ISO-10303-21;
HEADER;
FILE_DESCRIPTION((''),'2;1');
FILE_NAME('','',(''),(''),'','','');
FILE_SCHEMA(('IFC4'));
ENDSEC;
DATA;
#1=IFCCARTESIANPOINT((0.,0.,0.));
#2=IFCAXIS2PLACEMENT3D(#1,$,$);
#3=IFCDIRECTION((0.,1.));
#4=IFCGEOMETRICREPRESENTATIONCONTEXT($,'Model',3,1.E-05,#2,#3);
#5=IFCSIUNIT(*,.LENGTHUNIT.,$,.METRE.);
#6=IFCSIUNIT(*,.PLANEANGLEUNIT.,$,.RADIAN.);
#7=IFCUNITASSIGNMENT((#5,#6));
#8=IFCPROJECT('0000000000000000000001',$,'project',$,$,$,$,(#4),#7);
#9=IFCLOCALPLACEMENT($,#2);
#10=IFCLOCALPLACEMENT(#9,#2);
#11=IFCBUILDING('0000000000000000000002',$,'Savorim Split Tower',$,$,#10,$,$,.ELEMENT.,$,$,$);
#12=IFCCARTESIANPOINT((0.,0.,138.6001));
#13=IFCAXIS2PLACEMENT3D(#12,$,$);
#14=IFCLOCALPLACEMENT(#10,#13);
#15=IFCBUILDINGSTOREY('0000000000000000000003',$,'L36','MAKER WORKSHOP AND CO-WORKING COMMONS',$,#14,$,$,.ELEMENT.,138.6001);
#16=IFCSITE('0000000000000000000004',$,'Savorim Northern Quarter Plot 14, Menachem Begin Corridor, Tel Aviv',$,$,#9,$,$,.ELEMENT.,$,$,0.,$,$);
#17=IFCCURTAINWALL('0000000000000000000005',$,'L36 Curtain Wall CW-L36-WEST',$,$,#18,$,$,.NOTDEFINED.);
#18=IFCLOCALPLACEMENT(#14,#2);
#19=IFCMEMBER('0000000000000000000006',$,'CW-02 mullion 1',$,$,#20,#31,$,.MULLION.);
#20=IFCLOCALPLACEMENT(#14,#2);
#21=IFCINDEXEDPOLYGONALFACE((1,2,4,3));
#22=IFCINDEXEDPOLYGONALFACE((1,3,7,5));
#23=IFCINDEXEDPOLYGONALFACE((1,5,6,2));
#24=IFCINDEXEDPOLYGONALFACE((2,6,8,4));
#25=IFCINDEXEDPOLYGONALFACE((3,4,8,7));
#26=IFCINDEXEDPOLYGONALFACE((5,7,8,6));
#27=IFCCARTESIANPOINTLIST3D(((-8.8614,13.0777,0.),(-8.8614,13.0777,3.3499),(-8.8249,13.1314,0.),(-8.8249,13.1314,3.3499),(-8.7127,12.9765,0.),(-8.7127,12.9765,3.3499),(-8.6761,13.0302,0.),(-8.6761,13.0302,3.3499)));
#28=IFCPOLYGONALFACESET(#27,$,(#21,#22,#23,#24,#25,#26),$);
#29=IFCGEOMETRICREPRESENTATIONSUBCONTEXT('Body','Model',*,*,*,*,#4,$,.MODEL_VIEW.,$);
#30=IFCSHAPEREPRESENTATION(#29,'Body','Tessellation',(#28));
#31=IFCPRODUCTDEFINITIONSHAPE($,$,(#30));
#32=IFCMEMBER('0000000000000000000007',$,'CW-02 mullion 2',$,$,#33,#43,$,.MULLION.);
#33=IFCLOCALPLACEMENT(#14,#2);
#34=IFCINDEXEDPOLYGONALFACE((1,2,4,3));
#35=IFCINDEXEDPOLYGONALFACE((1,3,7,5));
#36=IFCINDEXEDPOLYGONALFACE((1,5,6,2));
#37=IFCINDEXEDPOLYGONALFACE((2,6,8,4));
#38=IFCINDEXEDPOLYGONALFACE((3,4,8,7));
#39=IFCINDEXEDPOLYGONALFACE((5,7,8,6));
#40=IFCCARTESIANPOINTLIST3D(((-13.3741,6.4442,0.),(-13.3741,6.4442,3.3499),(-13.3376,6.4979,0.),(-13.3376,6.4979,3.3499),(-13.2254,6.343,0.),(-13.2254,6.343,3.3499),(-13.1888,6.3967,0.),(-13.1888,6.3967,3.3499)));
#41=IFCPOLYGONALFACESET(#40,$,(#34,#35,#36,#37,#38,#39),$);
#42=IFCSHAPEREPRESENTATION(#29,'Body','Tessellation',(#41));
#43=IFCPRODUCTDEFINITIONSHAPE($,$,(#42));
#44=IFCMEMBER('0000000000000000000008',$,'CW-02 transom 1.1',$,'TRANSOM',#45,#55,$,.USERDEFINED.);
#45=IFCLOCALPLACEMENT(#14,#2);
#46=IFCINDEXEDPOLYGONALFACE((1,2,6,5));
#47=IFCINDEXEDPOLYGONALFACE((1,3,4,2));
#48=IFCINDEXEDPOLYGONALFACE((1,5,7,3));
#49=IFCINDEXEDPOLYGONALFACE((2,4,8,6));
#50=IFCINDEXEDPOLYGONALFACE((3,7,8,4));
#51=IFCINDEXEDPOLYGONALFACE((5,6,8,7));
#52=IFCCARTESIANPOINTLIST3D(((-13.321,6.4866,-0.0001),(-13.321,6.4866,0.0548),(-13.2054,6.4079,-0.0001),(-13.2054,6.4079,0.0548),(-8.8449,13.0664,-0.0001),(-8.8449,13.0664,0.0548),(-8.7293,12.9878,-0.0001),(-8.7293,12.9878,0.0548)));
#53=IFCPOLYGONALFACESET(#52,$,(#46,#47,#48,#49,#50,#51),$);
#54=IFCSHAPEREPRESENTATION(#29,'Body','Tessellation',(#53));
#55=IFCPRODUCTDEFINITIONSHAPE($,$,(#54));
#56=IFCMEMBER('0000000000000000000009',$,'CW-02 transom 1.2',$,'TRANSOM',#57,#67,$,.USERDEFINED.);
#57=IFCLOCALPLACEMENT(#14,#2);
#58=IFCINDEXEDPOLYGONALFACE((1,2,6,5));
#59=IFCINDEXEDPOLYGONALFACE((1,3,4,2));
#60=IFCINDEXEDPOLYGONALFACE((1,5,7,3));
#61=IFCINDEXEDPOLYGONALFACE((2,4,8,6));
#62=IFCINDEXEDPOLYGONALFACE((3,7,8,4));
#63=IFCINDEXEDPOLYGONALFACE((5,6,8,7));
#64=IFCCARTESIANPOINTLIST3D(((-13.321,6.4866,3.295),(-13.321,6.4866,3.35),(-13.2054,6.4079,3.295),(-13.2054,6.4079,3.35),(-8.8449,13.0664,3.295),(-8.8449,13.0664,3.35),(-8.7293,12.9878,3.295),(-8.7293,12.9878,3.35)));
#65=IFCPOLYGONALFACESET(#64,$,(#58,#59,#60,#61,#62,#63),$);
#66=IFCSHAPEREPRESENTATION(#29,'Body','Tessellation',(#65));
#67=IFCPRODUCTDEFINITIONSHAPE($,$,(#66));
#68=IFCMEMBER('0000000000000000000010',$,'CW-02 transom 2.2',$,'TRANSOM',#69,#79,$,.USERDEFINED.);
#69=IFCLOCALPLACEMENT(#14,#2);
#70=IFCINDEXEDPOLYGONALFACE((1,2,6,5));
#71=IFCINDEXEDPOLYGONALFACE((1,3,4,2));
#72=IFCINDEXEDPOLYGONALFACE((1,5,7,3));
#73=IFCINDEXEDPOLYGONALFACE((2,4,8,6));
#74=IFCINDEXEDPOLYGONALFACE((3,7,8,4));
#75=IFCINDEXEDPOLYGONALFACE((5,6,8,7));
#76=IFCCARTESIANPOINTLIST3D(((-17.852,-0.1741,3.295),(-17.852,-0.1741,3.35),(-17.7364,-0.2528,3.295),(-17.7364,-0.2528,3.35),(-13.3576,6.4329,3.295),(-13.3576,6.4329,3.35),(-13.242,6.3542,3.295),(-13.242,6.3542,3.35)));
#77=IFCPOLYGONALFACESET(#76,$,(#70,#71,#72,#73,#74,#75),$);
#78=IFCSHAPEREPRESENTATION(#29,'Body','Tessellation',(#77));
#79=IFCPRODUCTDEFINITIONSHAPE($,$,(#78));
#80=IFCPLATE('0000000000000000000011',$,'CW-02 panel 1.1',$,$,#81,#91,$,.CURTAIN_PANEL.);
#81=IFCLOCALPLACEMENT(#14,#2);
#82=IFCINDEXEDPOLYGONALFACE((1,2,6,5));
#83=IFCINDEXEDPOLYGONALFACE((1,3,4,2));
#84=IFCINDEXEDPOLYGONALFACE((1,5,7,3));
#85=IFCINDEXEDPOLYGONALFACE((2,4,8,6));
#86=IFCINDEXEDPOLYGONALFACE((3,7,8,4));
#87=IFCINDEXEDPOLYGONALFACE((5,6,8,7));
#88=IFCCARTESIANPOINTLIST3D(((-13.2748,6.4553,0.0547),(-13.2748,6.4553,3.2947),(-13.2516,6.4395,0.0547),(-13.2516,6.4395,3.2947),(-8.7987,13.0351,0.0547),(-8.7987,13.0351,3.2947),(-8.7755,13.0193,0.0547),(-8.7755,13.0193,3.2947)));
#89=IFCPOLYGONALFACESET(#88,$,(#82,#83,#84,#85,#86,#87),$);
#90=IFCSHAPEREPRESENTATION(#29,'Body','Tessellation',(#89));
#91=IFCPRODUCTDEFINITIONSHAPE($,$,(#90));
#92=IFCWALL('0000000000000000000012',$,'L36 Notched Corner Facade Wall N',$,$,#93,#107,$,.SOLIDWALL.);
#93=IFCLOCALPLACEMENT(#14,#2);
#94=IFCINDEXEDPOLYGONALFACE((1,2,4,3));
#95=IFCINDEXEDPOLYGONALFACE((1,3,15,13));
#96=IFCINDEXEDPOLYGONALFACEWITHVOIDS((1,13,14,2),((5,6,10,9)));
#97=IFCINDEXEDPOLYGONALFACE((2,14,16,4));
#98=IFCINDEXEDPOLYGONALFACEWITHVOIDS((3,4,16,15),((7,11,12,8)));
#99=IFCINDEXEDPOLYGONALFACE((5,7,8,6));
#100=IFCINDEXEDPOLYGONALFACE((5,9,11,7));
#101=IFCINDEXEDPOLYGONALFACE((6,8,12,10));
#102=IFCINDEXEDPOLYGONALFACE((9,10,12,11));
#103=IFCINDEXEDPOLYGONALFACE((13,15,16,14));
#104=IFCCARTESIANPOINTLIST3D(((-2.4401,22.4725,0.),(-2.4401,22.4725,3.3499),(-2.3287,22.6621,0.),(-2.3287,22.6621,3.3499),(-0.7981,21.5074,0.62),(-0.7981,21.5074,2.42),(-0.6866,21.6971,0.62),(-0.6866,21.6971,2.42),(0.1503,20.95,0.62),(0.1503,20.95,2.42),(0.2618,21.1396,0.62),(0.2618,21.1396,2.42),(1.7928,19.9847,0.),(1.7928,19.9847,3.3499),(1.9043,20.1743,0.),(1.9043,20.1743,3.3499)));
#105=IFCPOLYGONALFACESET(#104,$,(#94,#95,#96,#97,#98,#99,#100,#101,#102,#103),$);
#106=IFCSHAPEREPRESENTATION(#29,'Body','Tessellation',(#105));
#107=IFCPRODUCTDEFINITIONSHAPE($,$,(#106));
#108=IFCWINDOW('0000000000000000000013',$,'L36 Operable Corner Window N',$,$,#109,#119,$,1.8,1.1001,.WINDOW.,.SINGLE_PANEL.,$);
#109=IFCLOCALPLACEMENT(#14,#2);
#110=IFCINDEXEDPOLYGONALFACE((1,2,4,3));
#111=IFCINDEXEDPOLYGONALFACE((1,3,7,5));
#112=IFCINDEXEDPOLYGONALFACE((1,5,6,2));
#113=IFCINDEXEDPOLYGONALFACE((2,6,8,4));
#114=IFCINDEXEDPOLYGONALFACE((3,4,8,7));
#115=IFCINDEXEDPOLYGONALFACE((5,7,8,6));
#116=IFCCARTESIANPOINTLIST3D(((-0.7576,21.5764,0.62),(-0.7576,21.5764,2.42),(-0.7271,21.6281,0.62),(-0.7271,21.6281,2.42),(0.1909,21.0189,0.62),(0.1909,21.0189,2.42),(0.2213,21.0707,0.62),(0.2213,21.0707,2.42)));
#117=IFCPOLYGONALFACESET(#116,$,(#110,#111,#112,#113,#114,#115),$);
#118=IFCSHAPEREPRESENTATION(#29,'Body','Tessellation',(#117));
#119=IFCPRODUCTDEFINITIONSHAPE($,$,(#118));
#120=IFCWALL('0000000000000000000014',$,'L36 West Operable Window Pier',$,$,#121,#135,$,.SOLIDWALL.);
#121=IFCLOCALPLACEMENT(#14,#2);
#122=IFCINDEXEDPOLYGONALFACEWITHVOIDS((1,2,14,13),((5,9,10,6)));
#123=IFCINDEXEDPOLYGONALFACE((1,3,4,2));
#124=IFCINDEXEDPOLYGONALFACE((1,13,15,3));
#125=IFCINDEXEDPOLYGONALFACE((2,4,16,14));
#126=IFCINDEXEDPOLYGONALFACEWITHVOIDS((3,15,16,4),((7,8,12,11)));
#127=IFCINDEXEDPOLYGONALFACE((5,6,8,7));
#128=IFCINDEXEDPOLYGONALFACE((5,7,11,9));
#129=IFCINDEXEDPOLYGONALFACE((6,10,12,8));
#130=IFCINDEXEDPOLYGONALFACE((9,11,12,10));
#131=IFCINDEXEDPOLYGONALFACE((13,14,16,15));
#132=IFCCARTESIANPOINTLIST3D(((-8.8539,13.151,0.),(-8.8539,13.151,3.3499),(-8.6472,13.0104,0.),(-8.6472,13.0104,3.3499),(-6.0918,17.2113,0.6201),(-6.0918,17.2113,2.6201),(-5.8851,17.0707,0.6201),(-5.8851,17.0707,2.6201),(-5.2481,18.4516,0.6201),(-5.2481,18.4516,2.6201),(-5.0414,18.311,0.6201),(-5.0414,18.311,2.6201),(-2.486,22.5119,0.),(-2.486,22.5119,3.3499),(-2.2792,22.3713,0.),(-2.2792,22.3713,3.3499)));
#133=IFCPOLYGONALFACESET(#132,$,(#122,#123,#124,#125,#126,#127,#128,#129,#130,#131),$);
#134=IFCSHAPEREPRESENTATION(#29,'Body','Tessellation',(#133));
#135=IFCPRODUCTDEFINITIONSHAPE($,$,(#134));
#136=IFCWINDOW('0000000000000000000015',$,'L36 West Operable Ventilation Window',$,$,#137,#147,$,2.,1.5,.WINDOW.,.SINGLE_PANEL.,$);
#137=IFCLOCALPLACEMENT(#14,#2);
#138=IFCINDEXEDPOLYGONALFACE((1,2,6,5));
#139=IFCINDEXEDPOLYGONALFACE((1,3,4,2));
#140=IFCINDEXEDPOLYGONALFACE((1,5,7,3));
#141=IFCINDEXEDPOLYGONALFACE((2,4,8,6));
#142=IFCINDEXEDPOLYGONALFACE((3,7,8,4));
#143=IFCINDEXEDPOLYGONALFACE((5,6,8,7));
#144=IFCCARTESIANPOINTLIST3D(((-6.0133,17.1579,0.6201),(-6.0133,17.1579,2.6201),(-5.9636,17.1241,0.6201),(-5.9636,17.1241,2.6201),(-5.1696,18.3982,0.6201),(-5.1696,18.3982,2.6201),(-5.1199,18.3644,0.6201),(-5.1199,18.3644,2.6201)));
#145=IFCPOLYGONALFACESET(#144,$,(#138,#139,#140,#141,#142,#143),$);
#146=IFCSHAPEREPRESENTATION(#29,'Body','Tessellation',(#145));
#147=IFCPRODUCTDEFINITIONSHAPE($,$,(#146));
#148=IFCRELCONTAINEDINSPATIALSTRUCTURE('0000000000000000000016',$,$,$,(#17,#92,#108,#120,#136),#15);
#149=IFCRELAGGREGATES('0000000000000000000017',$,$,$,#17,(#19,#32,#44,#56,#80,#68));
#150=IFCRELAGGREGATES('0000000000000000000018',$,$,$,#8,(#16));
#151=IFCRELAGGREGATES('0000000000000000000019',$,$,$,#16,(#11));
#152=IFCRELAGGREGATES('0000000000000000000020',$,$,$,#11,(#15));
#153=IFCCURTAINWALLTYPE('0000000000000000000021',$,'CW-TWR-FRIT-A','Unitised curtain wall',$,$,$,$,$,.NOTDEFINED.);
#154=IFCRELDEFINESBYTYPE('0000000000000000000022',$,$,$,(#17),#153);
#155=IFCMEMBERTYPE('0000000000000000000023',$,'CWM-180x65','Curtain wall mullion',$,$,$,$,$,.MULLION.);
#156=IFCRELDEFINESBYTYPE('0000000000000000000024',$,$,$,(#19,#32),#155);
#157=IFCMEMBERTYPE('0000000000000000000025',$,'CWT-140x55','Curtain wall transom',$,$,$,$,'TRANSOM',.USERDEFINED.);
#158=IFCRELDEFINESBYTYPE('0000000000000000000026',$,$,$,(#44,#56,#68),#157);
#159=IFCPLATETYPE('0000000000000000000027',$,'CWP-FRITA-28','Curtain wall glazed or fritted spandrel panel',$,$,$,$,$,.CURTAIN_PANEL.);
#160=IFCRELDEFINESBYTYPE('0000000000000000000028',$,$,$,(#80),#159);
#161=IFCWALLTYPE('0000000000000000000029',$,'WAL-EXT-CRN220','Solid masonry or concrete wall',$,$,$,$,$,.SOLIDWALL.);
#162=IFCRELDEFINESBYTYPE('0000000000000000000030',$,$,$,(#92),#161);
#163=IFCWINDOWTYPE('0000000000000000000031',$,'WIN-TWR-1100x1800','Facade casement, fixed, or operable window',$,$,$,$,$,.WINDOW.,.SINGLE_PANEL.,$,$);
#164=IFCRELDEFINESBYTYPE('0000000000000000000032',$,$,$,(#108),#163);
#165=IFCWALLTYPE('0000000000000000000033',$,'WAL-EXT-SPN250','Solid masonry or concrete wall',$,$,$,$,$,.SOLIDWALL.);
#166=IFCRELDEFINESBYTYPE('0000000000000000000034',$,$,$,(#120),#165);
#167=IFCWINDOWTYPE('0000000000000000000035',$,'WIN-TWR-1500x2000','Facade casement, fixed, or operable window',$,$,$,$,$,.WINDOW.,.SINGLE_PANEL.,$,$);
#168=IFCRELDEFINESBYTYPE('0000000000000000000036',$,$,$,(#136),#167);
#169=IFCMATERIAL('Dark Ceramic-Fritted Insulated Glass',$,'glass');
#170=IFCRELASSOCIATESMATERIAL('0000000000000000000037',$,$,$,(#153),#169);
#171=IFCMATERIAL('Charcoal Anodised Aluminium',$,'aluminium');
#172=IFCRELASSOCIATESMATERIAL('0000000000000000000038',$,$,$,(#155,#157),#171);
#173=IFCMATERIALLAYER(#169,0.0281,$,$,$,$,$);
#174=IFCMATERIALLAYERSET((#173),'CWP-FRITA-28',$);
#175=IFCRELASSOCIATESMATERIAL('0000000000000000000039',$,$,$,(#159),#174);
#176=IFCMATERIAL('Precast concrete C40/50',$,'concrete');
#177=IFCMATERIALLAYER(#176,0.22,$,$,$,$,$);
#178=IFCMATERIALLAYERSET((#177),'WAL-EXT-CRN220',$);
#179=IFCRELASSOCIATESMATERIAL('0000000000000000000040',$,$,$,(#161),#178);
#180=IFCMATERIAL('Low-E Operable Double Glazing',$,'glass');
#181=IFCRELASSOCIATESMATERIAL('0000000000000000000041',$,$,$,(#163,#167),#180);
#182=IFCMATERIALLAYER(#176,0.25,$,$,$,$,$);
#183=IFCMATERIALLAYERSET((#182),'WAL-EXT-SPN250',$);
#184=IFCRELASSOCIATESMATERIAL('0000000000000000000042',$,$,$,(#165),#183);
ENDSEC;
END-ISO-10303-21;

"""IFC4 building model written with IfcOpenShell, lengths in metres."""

from ifc_helpers import new_model, si_unit, direction, frame, frame_2d, origin, origin_2d, place, context, subcontext, project, spatial, rectangle, extrude, material, layer, layer_set, material_profile, profile_set, type_object, element, fill, aggregate, save


model = new_model("IFC4")

# Units and contexts
model_context = context("Model", 3, precision=1e-05, world=origin(), true_north=direction((0.0, 1.0)))
body_context = subcontext(model_context, "Body", "Model", "MODEL_VIEW")
ifc_project = project(units=[si_unit("LENGTHUNIT", "METRE"), si_unit("PLANEANGLEUNIT", "RADIAN")], contexts=[model_context])

# Site, building, storey
site_placement = place(None, origin())
site = spatial("IfcSite", under=ifc_project, at=site_placement, Name="Savorim Northern Quarter Plot 14, Menachem Begin Corridor, Tel Aviv", CompositionType="ELEMENT", RefElevation=0.0)
building_placement = place(site_placement, origin())
building = spatial("IfcBuilding", under=site, at=building_placement, Name="Savorim Split Tower", CompositionType="ELEMENT")
storey_placement = place(building_placement, frame((0.0, 0.0, 138.6001)))
storey = spatial("IfcBuildingStorey", under=building, at=storey_placement, Name="L36", Description="MAKER WORKSHOP AND CO-WORKING COMMONS", CompositionType="ELEMENT", Elevation=138.6001)

# Curtain wall, members, plate
ifc_material_1 = material(Name="Dark Ceramic-Fritted Insulated Glass", Category="glass")
curtain_wall_type = type_object("IfcCurtainWallType", Name="CW-TWR-FRIT-A", Description="Unitised curtain wall", PredefinedType="NOTDEFINED", material=ifc_material_1)
curtain_wall_placement = place(storey_placement, origin())
curtain_wall = element("IfcCurtainWall", 1, at=curtain_wall_placement, inside=storey, type_object=curtain_wall_type, Name="L36 Curtain Wall CW-L36-WEST", PredefinedType="NOTDEFINED")
ifc_material_2 = material(Name="Charcoal Anodised Aluminium", Category="aluminium")
ifc_material_profile_1 = material_profile(ifc_material_2, rectangle(XDim=0.1799, YDim=0.0649, at=origin_2d()), Name="ALU-M 180x65")
ifc_profile_set_1 = profile_set([ifc_material_profile_1], Name="Charcoal Anodised Aluminium")
member_type_1 = type_object("IfcMemberType", Name="CWM-180x65", Description="Curtain wall mullion", PredefinedType="MULLION", material=ifc_profile_set_1)
member_1_placement = place(storey_placement, frame((-8.7688, 13.054, 0.0), z_axis=(0.0, 0.0, 1.0), x_axis=(0.82682, -0.562466, 0.0)))
member_1 = element("IfcMember", 2, at=member_1_placement, type_object=member_type_1, Name="CW-02 mullion 1", PredefinedType="MULLION", context=body_context, shape_type="SweptSolid", body=[
    extrude(rectangle(XDim=0.1799, YDim=0.0649, at=origin_2d()), origin(), (0.0, 0.0, 1.0), 3.3499),
])
member_2_placement = place(storey_placement, frame((-13.2815, 6.4204, 0.0), z_axis=(0.0, 0.0, 1.0), x_axis=(0.82682, -0.562466, 0.0)))
member_2 = element("IfcMember", 3, at=member_2_placement, type_object=member_type_1, Name="CW-02 mullion 2", PredefinedType="MULLION", context=body_context, shape_type="SweptSolid", body=[
    extrude(rectangle(XDim=0.1799, YDim=0.0649, at=origin_2d()), origin(), (0.0, 0.0, 1.0), 3.3499),
])
ifc_material_profile_2 = material_profile(ifc_material_2, rectangle(XDim=0.1399, YDim=0.0549, at=origin_2d()), Name="ALU-T 140x55")
ifc_profile_set_2 = profile_set([ifc_material_profile_2], Name="Charcoal Anodised Aluminium")
member_type_2 = type_object("IfcMemberType", Name="CWT-140x55", Description="Curtain wall transom", ElementType="TRANSOM", PredefinedType="USERDEFINED", material=ifc_profile_set_2)
member_3_placement = place(storey_placement, frame((-8.7871, 13.0271, 0.0273), z_axis=(-0.562464, -0.826822, 0.0), x_axis=(0.826822, -0.562464, 0.0)))
member_3 = element("IfcMember", 4, at=member_3_placement, type_object=member_type_2, Name="CW-02 transom 1.1", ObjectType="TRANSOM", PredefinedType="USERDEFINED", context=body_context, shape_type="SweptSolid", body=[
    extrude(rectangle(XDim=0.1399, YDim=0.0549, at=origin_2d()), origin(), (0.0, 0.0, 1.0), 7.958),
])
member_4_placement = place(storey_placement, frame((-8.7871, 13.0271, 3.3225), z_axis=(-0.562464, -0.826822, 0.0), x_axis=(0.826822, -0.562464, 0.0)))
member_4 = element("IfcMember", 5, at=member_4_placement, type_object=member_type_2, Name="CW-02 transom 1.2", ObjectType="TRANSOM", PredefinedType="USERDEFINED", context=body_context, shape_type="SweptSolid", body=[
    extrude(rectangle(XDim=0.1399, YDim=0.0549, at=origin_2d()), origin(), (0.0, 0.0, 1.0), 7.958),
])
member_5_placement = place(storey_placement, frame((-13.2998, 6.3936, 3.3225), z_axis=(-0.562453, -0.826829, 0.0), x_axis=(0.826829, -0.562453, 0.0)))
member_5 = element("IfcMember", 6, at=member_5_placement, type_object=member_type_2, Name="CW-02 transom 2.2", ObjectType="TRANSOM", PredefinedType="USERDEFINED", context=body_context, shape_type="SweptSolid", body=[
    extrude(rectangle(XDim=0.1399, YDim=0.0549, at=origin_2d()), origin(), (0.0, 0.0, 1.0), 7.9907),
])
ifc_layer_1 = layer(ifc_material_1, 0.0281)
ifc_layer_set_1 = layer_set([ifc_layer_1], Name="CWP-FRITA-28")
plate_type = type_object("IfcPlateType", Name="CWP-FRITA-28", Description="Curtain wall glazed or fritted spandrel panel", PredefinedType="CURTAIN_PANEL", material=ifc_layer_set_1)
plate_placement = place(storey_placement, frame((-11.0251, 9.7373, 0.0547), z_axis=(0.0, 0.0, 1.0), x_axis=(-0.562466, -0.82682, 0.0)))
plate = element("IfcPlate", 7, at=plate_placement, type_object=plate_type, Name="CW-02 panel 1.1", PredefinedType="CURTAIN_PANEL", context=body_context, shape_type="SweptSolid", body=[
    extrude(rectangle(XDim=7.958, YDim=0.0281, at=origin_2d()), origin(), (0.0, 0.0, 1.0), 3.24),
])
aggregate(curtain_wall, [member_1, member_2, member_3, member_4, plate, member_5])

# Walls, openings, windows
ifc_material_3 = material(Name="Precast concrete C40/50", Category="concrete")
ifc_layer_2 = layer(ifc_material_3, 0.22)
ifc_layer_set_2 = layer_set([ifc_layer_2], Name="WAL-EXT-CRN220")
wall_type_1 = type_object("IfcWallType", Name="WAL-EXT-CRN220", Description="Solid masonry or concrete wall", PredefinedType="SOLIDWALL", material=ifc_layer_set_2)
wall_1_placement = place(storey_placement, frame((-2.3845, 22.5674, 0.0), z_axis=(0.0, 0.0, 1.0), x_axis=(0.862126, -0.506694, 0.0)))
wall_1 = element("IfcWall", 8, at=wall_1_placement, inside=storey, type_object=wall_type_1, Name="L36 Notched Corner Facade Wall N", PredefinedType="SOLIDWALL", context=body_context, shape_type="SweptSolid", body=[
    extrude(rectangle(XDim=4.9099, YDim=0.22, at=frame_2d((2.4551, 0.0))), origin(), (0.0, 0.0, 1.0), 3.3499),
])
opening_1_placement = place(wall_1_placement, frame((1.9048, 0.0, 0.6201)))
opening_1 = element("IfcOpeningElement", 9, at=opening_1_placement, cuts=wall_1, PredefinedType="OPENING", context=body_context, shape_type="SweptSolid", body=[
    extrude(rectangle(XDim=1.1001, YDim=1.8, at=frame_2d((0.55, 0.8999))), frame((0.0, 0.1199, 0.0), z_axis=(0.0, -1.0, 0.0), x_axis=(1.0, 0.0, 0.0)), (0.0, 0.0, 1.0), 0.24),
])
ifc_material_4 = material(Name="Low-E Operable Double Glazing", Category="glass")
window_type_1 = type_object("IfcWindowType", Name="WIN-TWR-1100x1800", Description="Facade casement, fixed, or operable window", PartitioningType="SINGLE_PANEL", PredefinedType="WINDOW", material=ifc_material_4)
window_1_placement = place(opening_1_placement, origin())
window_1 = element("IfcWindow", 10, at=window_1_placement, inside=storey, type_object=window_type_1, Name="L36 Operable Corner Window N", OverallHeight=1.8, OverallWidth=1.1001, PartitioningType="SINGLE_PANEL", PredefinedType="WINDOW", context=body_context, shape_type="SweptSolid", body=[
    extrude(rectangle(XDim=1.1001, YDim=1.8, at=frame_2d((0.55, 0.8999))), frame((0.0, 0.03, 0.0), z_axis=(0.0, -1.0, 0.0), x_axis=(1.0, 0.0, 0.0)), (0.0, 0.0, 1.0), 0.0601),
])
fill(opening_1, window_1)
ifc_layer_3 = layer(ifc_material_3, 0.25)
ifc_layer_set_3 = layer_set([ifc_layer_3], Name="WAL-EXT-SPN250")
wall_type_2 = type_object("IfcWallType", Name="WAL-EXT-SPN250", Description="Solid masonry or concrete wall", PredefinedType="SOLIDWALL", material=ifc_layer_set_3)
wall_2_placement = place(storey_placement, frame((-8.7505, 13.0808, 0.0), z_axis=(0.0, 0.0, 1.0), x_axis=(0.562464, 0.826822, 0.0)))
wall_2 = element("IfcWall", 11, at=wall_2_placement, inside=storey, type_object=wall_type_2, Name="L36 West Operable Window Pier", PredefinedType="SOLIDWALL", context=body_context, shape_type="SweptSolid", body=[
    extrude(rectangle(XDim=11.3215, YDim=0.25, at=frame_2d((5.6606, 0.0))), origin(), (0.0, 0.0, 1.0), 3.3499),
])
opening_2_placement = place(wall_2_placement, frame((4.9106, 0.0, 0.6201)))
opening_2 = element("IfcOpeningElement", 12, at=opening_2_placement, cuts=wall_2, PredefinedType="OPENING", context=body_context, shape_type="SweptSolid", body=[
    extrude(rectangle(XDim=1.5, YDim=2.0, at=frame_2d((0.75, 1.0))), frame((0.0, 0.135, 0.0), z_axis=(0.0, -1.0, 0.0), x_axis=(1.0, 0.0, 0.0)), (0.0, 0.0, 1.0), 0.27),
])
window_type_2 = type_object("IfcWindowType", Name="WIN-TWR-1500x2000", Description="Facade casement, fixed, or operable window", PartitioningType="SINGLE_PANEL", PredefinedType="WINDOW", material=ifc_material_4)
window_2_placement = place(opening_2_placement, origin())
window_2 = element("IfcWindow", 13, at=window_2_placement, inside=storey, type_object=window_type_2, Name="L36 West Operable Ventilation Window", OverallHeight=2.0, OverallWidth=1.5, PartitioningType="SINGLE_PANEL", PredefinedType="WINDOW", context=body_context, shape_type="SweptSolid", body=[
    extrude(rectangle(XDim=1.5, YDim=2.0, at=frame_2d((0.75, 1.0))), frame((0.0, 0.03, 0.0), z_axis=(0.0, -1.0, 0.0), x_axis=(1.0, 0.0, 0.0)), (0.0, 0.0, 1.0), 0.0601),
])
fill(opening_2, window_2)

save(model, "model.ifc")
